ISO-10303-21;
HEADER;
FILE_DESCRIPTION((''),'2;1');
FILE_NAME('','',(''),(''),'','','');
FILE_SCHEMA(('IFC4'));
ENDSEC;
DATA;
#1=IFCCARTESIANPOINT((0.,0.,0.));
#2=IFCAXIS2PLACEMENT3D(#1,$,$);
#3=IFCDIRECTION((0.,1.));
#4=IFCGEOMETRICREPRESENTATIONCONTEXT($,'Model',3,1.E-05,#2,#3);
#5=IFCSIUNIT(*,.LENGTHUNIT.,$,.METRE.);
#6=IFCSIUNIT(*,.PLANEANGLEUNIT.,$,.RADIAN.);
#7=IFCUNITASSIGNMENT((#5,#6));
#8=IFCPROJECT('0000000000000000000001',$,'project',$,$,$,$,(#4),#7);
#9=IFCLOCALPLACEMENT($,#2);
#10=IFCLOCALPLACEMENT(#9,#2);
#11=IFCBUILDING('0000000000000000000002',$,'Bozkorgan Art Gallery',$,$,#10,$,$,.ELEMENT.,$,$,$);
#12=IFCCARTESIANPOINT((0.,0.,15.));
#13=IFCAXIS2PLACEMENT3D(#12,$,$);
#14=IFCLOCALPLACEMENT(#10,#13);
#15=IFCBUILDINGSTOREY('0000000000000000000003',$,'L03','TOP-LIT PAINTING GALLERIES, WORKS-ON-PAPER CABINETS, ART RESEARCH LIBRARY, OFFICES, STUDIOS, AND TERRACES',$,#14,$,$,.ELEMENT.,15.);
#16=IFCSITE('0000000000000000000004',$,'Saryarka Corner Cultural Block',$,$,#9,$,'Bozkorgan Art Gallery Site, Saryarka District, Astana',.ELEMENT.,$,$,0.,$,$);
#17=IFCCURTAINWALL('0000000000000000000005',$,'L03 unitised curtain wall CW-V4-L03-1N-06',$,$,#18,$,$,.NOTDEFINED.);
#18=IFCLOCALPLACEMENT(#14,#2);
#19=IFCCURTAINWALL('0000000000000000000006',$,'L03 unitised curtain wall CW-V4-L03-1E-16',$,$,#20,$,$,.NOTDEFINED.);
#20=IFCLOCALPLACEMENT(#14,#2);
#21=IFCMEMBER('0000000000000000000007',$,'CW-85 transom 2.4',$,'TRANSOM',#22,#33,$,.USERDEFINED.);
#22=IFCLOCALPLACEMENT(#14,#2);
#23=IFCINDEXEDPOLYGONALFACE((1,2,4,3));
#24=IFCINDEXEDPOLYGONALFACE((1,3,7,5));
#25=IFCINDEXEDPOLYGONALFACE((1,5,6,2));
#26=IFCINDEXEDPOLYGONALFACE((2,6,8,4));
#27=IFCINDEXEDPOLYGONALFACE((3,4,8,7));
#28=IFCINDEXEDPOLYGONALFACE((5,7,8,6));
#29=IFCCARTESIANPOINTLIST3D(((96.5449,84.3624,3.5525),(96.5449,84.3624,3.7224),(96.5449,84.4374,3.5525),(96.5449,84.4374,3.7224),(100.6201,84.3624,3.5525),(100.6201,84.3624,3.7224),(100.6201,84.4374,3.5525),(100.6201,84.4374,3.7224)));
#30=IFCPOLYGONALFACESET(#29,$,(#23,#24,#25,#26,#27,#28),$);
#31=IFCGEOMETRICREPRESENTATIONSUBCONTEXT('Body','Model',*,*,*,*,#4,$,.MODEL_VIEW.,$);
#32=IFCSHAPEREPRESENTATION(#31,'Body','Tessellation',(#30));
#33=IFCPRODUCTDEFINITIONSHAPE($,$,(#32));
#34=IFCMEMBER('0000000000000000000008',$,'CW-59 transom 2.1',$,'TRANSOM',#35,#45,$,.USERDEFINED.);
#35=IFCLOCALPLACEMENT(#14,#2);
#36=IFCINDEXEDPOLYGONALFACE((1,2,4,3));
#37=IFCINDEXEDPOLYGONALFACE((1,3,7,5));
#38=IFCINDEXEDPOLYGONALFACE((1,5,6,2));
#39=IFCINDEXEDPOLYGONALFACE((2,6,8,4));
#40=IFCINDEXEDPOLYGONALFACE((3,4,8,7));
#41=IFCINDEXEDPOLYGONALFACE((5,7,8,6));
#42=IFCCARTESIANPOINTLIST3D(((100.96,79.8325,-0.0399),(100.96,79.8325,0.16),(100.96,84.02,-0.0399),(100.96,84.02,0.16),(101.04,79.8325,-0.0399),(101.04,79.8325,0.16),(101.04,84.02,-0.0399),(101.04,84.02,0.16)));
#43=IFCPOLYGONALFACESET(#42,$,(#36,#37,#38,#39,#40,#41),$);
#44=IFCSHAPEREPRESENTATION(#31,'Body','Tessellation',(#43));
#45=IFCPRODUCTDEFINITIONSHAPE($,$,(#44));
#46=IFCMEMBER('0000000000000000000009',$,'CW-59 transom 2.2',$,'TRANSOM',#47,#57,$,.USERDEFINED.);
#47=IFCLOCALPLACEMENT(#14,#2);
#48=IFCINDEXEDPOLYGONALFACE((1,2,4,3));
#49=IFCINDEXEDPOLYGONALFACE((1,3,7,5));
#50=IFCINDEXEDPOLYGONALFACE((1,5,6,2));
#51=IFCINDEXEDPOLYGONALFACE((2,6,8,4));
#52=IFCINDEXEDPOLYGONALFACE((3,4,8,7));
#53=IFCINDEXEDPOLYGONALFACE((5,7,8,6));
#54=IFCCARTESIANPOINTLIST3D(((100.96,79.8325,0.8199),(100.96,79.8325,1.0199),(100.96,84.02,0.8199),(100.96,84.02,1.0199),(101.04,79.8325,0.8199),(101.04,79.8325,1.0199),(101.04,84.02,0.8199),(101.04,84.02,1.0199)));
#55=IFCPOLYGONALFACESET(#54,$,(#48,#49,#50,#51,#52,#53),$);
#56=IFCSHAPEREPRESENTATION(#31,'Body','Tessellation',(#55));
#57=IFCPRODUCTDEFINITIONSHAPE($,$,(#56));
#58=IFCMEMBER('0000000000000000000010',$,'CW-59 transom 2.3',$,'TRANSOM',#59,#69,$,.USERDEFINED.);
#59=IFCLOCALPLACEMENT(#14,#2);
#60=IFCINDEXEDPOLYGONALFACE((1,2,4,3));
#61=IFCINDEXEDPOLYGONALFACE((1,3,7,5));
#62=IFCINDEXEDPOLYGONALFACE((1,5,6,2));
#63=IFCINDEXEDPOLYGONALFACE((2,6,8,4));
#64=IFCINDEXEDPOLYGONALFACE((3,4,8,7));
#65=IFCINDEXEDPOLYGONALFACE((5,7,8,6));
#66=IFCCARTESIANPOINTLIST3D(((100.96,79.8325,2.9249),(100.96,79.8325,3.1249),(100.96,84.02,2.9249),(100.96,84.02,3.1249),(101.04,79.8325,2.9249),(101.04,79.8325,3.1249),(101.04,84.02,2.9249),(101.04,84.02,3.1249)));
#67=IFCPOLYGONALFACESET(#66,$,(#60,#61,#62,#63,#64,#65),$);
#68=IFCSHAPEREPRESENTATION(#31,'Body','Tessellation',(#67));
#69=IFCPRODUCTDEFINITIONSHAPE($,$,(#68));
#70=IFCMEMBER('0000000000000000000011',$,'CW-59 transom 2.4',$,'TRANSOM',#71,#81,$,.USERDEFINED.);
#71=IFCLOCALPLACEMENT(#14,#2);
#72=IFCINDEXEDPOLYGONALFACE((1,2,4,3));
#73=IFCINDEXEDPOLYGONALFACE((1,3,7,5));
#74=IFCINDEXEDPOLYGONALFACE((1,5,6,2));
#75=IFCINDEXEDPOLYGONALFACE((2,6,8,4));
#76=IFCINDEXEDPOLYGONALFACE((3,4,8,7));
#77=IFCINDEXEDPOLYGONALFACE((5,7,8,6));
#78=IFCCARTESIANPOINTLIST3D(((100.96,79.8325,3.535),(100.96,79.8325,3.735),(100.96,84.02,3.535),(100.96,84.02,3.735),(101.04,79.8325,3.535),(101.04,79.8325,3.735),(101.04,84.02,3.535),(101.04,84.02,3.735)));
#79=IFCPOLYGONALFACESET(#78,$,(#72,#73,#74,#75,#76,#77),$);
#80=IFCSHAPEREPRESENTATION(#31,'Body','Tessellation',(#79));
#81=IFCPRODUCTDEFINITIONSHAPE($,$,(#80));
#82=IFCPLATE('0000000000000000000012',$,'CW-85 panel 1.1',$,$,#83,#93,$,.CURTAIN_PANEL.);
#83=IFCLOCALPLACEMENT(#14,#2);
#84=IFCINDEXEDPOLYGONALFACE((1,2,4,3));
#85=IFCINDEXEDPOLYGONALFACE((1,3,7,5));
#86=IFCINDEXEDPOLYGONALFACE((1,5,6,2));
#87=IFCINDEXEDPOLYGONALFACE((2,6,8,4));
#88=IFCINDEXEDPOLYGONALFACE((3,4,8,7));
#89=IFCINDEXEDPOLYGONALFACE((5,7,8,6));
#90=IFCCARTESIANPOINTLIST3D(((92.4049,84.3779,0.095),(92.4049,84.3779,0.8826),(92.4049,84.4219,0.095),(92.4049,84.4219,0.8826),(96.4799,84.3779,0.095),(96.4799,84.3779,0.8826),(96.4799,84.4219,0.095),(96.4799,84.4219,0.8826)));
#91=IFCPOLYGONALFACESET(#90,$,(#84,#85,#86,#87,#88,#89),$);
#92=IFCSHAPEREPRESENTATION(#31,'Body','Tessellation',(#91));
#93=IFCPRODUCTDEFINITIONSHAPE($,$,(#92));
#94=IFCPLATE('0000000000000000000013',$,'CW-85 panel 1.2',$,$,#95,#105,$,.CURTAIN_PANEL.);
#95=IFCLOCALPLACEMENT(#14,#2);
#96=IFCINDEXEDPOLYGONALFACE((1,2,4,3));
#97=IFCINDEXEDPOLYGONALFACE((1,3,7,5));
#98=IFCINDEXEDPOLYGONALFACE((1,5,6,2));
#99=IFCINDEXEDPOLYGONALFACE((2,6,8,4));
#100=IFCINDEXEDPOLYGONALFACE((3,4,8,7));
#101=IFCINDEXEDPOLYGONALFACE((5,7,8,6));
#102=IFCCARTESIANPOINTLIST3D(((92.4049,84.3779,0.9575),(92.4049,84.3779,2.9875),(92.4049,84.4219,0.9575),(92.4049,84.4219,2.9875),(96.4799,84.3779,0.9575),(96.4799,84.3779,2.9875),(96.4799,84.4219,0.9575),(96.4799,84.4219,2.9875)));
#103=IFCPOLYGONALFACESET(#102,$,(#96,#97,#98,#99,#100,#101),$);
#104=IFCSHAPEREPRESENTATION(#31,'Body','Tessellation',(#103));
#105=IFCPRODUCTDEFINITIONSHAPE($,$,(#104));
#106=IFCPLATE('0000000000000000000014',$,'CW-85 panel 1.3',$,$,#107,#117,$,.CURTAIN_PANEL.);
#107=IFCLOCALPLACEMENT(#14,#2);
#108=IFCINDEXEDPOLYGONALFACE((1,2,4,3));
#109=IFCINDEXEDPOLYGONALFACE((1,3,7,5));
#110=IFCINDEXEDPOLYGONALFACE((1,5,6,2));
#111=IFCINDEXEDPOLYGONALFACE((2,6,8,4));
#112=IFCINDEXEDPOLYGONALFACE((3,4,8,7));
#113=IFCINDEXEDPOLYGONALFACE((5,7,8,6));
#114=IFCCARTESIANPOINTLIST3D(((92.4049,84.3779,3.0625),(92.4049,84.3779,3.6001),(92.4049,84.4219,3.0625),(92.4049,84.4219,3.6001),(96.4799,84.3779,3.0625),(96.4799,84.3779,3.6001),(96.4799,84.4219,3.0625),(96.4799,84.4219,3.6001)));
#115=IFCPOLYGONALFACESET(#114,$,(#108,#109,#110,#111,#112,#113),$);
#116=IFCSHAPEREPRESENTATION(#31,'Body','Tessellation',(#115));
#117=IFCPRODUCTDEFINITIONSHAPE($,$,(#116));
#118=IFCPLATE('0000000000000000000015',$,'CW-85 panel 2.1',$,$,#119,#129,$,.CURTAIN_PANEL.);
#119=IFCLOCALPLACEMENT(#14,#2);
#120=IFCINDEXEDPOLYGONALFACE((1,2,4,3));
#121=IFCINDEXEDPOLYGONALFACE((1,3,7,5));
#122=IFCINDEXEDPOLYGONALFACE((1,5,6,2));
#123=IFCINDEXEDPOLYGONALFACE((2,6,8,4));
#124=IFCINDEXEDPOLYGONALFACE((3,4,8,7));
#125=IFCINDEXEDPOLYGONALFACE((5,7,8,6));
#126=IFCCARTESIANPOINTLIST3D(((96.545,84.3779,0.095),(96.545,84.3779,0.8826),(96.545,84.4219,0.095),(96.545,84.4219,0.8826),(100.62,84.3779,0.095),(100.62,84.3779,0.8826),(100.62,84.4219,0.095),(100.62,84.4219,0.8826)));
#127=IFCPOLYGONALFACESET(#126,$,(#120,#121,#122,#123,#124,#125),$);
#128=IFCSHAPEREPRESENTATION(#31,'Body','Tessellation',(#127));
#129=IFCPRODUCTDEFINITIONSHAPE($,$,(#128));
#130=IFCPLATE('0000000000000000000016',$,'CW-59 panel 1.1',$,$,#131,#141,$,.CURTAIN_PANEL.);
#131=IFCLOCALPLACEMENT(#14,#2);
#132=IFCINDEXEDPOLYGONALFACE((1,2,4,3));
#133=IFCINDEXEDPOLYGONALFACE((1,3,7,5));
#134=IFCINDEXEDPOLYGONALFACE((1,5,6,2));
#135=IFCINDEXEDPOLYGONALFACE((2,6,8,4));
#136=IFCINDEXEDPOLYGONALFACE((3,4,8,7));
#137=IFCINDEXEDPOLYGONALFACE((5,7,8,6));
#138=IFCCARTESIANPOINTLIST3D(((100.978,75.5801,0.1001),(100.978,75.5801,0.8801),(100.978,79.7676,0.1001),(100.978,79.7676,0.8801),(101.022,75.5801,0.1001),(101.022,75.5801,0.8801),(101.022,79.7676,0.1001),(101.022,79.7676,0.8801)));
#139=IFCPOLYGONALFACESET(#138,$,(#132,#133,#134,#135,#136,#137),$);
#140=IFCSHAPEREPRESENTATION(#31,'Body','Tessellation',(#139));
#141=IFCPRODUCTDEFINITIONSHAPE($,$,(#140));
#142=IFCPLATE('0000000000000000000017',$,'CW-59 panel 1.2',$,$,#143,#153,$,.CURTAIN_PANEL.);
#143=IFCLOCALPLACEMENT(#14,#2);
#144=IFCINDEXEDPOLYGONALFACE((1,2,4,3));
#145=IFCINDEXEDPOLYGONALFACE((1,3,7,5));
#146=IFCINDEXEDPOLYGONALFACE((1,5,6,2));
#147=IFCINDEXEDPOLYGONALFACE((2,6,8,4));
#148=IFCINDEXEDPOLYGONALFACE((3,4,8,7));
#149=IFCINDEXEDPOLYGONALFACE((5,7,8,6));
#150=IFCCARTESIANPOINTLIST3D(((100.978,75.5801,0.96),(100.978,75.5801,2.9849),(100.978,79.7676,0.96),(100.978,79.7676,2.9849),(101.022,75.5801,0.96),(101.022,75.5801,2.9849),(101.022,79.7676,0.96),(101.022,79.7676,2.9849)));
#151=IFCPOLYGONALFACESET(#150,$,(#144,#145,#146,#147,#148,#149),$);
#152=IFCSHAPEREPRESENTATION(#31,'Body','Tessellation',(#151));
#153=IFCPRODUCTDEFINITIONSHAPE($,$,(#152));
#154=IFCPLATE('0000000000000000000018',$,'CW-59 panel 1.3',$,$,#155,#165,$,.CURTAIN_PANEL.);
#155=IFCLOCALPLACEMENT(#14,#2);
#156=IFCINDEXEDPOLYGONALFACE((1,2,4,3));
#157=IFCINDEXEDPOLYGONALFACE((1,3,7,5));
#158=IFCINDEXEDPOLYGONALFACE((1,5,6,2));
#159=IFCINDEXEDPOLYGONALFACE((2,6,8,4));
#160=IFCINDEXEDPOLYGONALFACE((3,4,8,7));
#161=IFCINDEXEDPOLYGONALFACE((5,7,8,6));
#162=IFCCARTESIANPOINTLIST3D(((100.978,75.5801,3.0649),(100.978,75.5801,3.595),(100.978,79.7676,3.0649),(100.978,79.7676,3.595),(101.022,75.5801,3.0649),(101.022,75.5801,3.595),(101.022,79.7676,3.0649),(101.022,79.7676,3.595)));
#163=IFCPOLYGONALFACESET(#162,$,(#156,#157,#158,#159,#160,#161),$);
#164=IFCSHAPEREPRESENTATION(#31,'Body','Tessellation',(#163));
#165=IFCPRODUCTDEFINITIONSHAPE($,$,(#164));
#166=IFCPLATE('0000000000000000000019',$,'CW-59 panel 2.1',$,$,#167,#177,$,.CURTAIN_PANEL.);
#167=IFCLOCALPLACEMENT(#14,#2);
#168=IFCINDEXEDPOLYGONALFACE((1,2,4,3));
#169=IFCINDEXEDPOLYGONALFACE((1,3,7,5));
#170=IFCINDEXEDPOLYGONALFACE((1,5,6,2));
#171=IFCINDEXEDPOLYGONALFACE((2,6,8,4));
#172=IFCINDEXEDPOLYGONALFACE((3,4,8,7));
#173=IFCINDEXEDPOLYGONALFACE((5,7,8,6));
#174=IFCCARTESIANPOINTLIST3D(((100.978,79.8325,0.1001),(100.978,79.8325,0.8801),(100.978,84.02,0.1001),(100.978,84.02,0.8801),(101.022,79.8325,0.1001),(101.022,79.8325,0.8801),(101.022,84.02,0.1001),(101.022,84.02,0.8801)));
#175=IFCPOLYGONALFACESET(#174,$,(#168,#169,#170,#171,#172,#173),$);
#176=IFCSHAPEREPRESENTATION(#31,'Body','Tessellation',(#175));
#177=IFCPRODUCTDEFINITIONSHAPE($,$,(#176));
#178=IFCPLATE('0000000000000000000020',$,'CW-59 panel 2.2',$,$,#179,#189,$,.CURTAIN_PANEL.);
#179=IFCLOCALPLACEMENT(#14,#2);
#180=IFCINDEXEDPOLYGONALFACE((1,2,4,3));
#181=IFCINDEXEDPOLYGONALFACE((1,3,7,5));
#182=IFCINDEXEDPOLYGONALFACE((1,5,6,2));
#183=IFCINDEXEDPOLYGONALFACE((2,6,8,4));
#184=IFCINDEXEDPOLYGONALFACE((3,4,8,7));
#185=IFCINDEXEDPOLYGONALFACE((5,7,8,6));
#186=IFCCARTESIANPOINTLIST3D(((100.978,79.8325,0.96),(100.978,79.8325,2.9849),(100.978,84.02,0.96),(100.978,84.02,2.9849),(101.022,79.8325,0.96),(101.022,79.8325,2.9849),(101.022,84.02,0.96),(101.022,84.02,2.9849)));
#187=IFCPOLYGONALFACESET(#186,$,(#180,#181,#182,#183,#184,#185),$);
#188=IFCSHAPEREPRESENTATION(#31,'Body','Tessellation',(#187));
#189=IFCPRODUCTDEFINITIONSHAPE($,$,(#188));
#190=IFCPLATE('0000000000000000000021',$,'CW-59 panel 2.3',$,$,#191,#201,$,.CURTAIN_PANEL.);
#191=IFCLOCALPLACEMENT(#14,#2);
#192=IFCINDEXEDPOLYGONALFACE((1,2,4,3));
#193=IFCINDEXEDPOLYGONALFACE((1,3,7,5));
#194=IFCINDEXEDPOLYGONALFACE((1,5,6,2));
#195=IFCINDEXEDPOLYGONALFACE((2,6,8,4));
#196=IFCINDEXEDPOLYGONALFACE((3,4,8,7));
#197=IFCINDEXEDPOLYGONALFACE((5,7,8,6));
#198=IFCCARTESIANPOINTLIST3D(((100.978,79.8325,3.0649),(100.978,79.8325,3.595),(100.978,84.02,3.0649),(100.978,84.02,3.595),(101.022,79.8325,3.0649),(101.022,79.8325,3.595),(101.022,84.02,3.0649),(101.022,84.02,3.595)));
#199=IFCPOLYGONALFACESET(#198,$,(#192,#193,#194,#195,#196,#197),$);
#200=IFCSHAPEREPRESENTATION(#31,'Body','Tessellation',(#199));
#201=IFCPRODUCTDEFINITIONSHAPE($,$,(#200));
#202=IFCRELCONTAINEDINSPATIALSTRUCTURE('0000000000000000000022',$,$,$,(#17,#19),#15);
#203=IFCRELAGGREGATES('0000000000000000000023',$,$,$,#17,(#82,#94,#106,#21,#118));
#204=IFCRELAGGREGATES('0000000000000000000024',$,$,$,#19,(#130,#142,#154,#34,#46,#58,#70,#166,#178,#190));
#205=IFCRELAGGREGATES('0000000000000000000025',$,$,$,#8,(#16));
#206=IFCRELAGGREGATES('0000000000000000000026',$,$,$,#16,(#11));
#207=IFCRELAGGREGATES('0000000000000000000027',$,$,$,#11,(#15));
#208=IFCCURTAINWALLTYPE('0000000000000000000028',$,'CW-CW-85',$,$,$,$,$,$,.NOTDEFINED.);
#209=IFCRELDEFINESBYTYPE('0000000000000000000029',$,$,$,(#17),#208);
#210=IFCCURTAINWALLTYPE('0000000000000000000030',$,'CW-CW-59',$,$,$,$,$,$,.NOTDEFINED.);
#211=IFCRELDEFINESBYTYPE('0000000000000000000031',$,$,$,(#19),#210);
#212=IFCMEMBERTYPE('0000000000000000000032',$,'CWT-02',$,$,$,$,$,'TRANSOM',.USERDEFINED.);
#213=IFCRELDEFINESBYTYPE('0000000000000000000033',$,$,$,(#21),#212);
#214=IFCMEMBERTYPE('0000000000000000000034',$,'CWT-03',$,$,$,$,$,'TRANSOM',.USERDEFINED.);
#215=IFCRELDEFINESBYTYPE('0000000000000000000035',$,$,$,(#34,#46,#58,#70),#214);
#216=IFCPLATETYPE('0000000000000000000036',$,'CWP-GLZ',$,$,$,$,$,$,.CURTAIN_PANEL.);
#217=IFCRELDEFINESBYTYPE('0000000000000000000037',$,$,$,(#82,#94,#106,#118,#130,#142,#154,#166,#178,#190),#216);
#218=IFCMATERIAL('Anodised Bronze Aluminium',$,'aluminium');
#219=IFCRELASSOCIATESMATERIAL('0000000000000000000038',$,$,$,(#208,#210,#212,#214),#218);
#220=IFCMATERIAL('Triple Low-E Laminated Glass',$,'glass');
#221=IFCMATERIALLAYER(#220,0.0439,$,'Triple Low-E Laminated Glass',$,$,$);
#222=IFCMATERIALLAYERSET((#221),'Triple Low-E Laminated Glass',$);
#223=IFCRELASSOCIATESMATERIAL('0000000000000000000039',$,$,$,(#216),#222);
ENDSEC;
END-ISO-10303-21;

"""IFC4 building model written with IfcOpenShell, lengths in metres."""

from ifc_helpers import new_model, si_unit, direction, frame, origin, origin_2d, place, context, subcontext, project, spatial, rectangle, extrude, material, layer, layer_set, material_profile, profile_set, type_object, element, aggregate, save


model = new_model("IFC4")

# Units and contexts
model_context = context("Model", 3, precision=1e-05, world=origin(), true_north=direction((0.0, 1.0)))
body_context = subcontext(model_context, "Body", "Model", "MODEL_VIEW")
ifc_project = project(units=[si_unit("LENGTHUNIT", "METRE"), si_unit("PLANEANGLEUNIT", "RADIAN")], contexts=[model_context])

# Site, building, storey
site_placement = place(None, origin())
site = spatial("IfcSite", under=ifc_project, at=site_placement, Name="Saryarka Corner Cultural Block", LongName="Bozkorgan Art Gallery Site, Saryarka District, Astana", CompositionType="ELEMENT", RefElevation=0.0)
building_placement = place(site_placement, origin())
building = spatial("IfcBuilding", under=site, at=building_placement, Name="Bozkorgan Art Gallery", CompositionType="ELEMENT")
storey_placement = place(building_placement, frame((0.0, 0.0, 15.0)))
storey = spatial("IfcBuildingStorey", under=building, at=storey_placement, Name="L03", Description="TOP-LIT PAINTING GALLERIES, WORKS-ON-PAPER CABINETS, ART RESEARCH LIBRARY, OFFICES, STUDIOS, AND TERRACES", CompositionType="ELEMENT", Elevation=15.0)

# Curtain walls
ifc_material_1 = material(Name="Anodised Bronze Aluminium", Category="aluminium")
curtain_wall_type_1 = type_object("IfcCurtainWallType", Name="CW-CW-85", PredefinedType="NOTDEFINED", material=ifc_material_1)
curtain_wall_1_placement = place(storey_placement, origin())
curtain_wall_1 = element("IfcCurtainWall", 1, at=curtain_wall_1_placement, inside=storey, type_object=curtain_wall_type_1, Name="L03 unitised curtain wall CW-V4-L03-1N-06", PredefinedType="NOTDEFINED")
curtain_wall_type_2 = type_object("IfcCurtainWallType", Name="CW-CW-59", PredefinedType="NOTDEFINED", material=ifc_material_1)
curtain_wall_2_placement = place(storey_placement, origin())
curtain_wall_2 = element("IfcCurtainWall", 2, at=curtain_wall_2_placement, inside=storey, type_object=curtain_wall_type_2, Name="L03 unitised curtain wall CW-V4-L03-1E-16", PredefinedType="NOTDEFINED")

# Members
ifc_material_profile_1 = material_profile(ifc_material_1, rectangle(XDim=0.075, YDim=0.1699, at=origin_2d()), Name="ALU TRANSOM 75x170")
ifc_profile_set_1 = profile_set([ifc_material_profile_1], Name="Anodised Bronze Aluminium")
member_type_1 = type_object("IfcMemberType", Name="CWT-02", ElementType="TRANSOM", PredefinedType="USERDEFINED", material=ifc_profile_set_1)
member_1_placement = place(storey_placement, frame((96.5449, 84.3999, 3.6375), z_axis=(1.0, 0.0, 0.0), x_axis=(0.0, 1.0, 0.0)))
member_1 = element("IfcMember", 3, at=member_1_placement, type_object=member_type_1, Name="CW-85 transom 2.4", ObjectType="TRANSOM", PredefinedType="USERDEFINED", context=body_context, shape_type="SweptSolid", body=[
    extrude(rectangle(XDim=0.075, YDim=0.1699, at=origin_2d()), origin(), (0.0, 0.0, 1.0), 4.0752),
])
ifc_material_profile_2 = material_profile(ifc_material_1, rectangle(XDim=0.0801, YDim=0.2, at=origin_2d()), Name="ALU TRANSOM 80x200")
ifc_profile_set_2 = profile_set([ifc_material_profile_2], Name="Anodised Bronze Aluminium")
member_type_2 = type_object("IfcMemberType", Name="CWT-03", ElementType="TRANSOM", PredefinedType="USERDEFINED", material=ifc_profile_set_2)
member_2_placement = place(storey_placement, frame((101.0, 79.8325, 0.0601), z_axis=(0.0, 1.0, 0.0), x_axis=(-1.0, 0.0, 0.0)))
member_2 = element("IfcMember", 4, at=member_2_placement, type_object=member_type_2, Name="CW-59 transom 2.1", ObjectType="TRANSOM", PredefinedType="USERDEFINED", context=body_context, shape_type="SweptSolid", body=[
    extrude(rectangle(XDim=0.0801, YDim=0.2, at=origin_2d()), origin(), (0.0, 0.0, 1.0), 4.1875),
])
member_3_placement = place(storey_placement, frame((101.0, 79.8325, 0.9199), z_axis=(0.0, 1.0, 0.0), x_axis=(-1.0, 0.0, 0.0)))
member_3 = element("IfcMember", 5, at=member_3_placement, type_object=member_type_2, Name="CW-59 transom 2.2", ObjectType="TRANSOM", PredefinedType="USERDEFINED", context=body_context, shape_type="SweptSolid", body=[
    extrude(rectangle(XDim=0.0801, YDim=0.2, at=origin_2d()), origin(), (0.0, 0.0, 1.0), 4.1875),
])
member_4_placement = place(storey_placement, frame((101.0, 79.8325, 3.0249), z_axis=(0.0, 1.0, 0.0), x_axis=(-1.0, 0.0, 0.0)))
member_4 = element("IfcMember", 6, at=member_4_placement, type_object=member_type_2, Name="CW-59 transom 2.3", ObjectType="TRANSOM", PredefinedType="USERDEFINED", context=body_context, shape_type="SweptSolid", body=[
    extrude(rectangle(XDim=0.0801, YDim=0.2, at=origin_2d()), origin(), (0.0, 0.0, 1.0), 4.1875),
])
member_5_placement = place(storey_placement, frame((101.0, 79.8325, 3.635), z_axis=(0.0, 1.0, 0.0), x_axis=(-1.0, 0.0, 0.0)))
member_5 = element("IfcMember", 7, at=member_5_placement, type_object=member_type_2, Name="CW-59 transom 2.4", ObjectType="TRANSOM", PredefinedType="USERDEFINED", context=body_context, shape_type="SweptSolid", body=[
    extrude(rectangle(XDim=0.0801, YDim=0.2, at=origin_2d()), origin(), (0.0, 0.0, 1.0), 4.1875),
])

# Plates
ifc_material_2 = material(Name="Triple Low-E Laminated Glass", Category="glass")
ifc_layer = layer(ifc_material_2, 0.0439, Name="Triple Low-E Laminated Glass")
ifc_layer_set = layer_set([ifc_layer], Name="Triple Low-E Laminated Glass")
plate_type = type_object("IfcPlateType", Name="CWP-GLZ", PredefinedType="CURTAIN_PANEL", material=ifc_layer_set)
plate_1_placement = place(storey_placement, frame((94.4424, 84.3999, 0.095), z_axis=(0.0, 0.0, 1.0), x_axis=(1.0, 0.0, 0.0)))
plate_1 = element("IfcPlate", 8, at=plate_1_placement, type_object=plate_type, Name="CW-85 panel 1.1", PredefinedType="CURTAIN_PANEL", context=body_context, shape_type="SweptSolid", body=[
    extrude(rectangle(XDim=4.075, YDim=0.0439, at=origin_2d()), origin(), (0.0, 0.0, 1.0), 0.7876),
])
plate_2_placement = place(storey_placement, frame((94.4424, 84.3999, 0.9575), z_axis=(0.0, 0.0, 1.0), x_axis=(1.0, 0.0, 0.0)))
plate_2 = element("IfcPlate", 9, at=plate_2_placement, type_object=plate_type, Name="CW-85 panel 1.2", PredefinedType="CURTAIN_PANEL", context=body_context, shape_type="SweptSolid", body=[
    extrude(rectangle(XDim=4.075, YDim=0.0439, at=origin_2d()), origin(), (0.0, 0.0, 1.0), 2.03),
])
plate_3_placement = place(storey_placement, frame((94.4424, 84.3999, 3.0625), z_axis=(0.0, 0.0, 1.0), x_axis=(1.0, 0.0, 0.0)))
plate_3 = element("IfcPlate", 10, at=plate_3_placement, type_object=plate_type, Name="CW-85 panel 1.3", PredefinedType="CURTAIN_PANEL", context=body_context, shape_type="SweptSolid", body=[
    extrude(rectangle(XDim=4.075, YDim=0.0439, at=origin_2d()), origin(), (0.0, 0.0, 1.0), 0.5376),
])
plate_4_placement = place(storey_placement, frame((98.5825, 84.3999, 0.095), z_axis=(0.0, 0.0, 1.0), x_axis=(1.0, 0.0, 0.0)))
plate_4 = element("IfcPlate", 11, at=plate_4_placement, type_object=plate_type, Name="CW-85 panel 2.1", PredefinedType="CURTAIN_PANEL", context=body_context, shape_type="SweptSolid", body=[
    extrude(rectangle(XDim=4.075, YDim=0.0439, at=origin_2d()), origin(), (0.0, 0.0, 1.0), 0.7876),
])
aggregate(curtain_wall_1, [plate_1, plate_2, plate_3, member_1, plate_4])
plate_5_placement = place(storey_placement, frame((101.0, 77.6738, 0.1001), z_axis=(0.0, 0.0, 1.0), x_axis=(0.0, 1.0, 0.0)))
plate_5 = element("IfcPlate", 12, at=plate_5_placement, type_object=plate_type, Name="CW-59 panel 1.1", PredefinedType="CURTAIN_PANEL", context=body_context, shape_type="SweptSolid", body=[
    extrude(rectangle(XDim=4.1875, YDim=0.0439, at=origin_2d()), origin(), (0.0, 0.0, 1.0), 0.78),
])
plate_6_placement = place(storey_placement, frame((101.0, 77.6738, 0.96), z_axis=(0.0, 0.0, 1.0), x_axis=(0.0, 1.0, 0.0)))
plate_6 = element("IfcPlate", 13, at=plate_6_placement, type_object=plate_type, Name="CW-59 panel 1.2", PredefinedType="CURTAIN_PANEL", context=body_context, shape_type="SweptSolid", body=[
    extrude(rectangle(XDim=4.1875, YDim=0.0439, at=origin_2d()), origin(), (0.0, 0.0, 1.0), 2.0249),
])
plate_7_placement = place(storey_placement, frame((101.0, 77.6738, 3.0649), z_axis=(0.0, 0.0, 1.0), x_axis=(0.0, 1.0, 0.0)))
plate_7 = element("IfcPlate", 14, at=plate_7_placement, type_object=plate_type, Name="CW-59 panel 1.3", PredefinedType="CURTAIN_PANEL", context=body_context, shape_type="SweptSolid", body=[
    extrude(rectangle(XDim=4.1875, YDim=0.0439, at=origin_2d()), origin(), (0.0, 0.0, 1.0), 0.53),
])
plate_8_placement = place(storey_placement, frame((101.0, 81.9263, 0.1001), z_axis=(0.0, 0.0, 1.0), x_axis=(0.0, 1.0, 0.0)))
plate_8 = element("IfcPlate", 15, at=plate_8_placement, type_object=plate_type, Name="CW-59 panel 2.1", PredefinedType="CURTAIN_PANEL", context=body_context, shape_type="SweptSolid", body=[
    extrude(rectangle(XDim=4.1875, YDim=0.0439, at=origin_2d()), origin(), (0.0, 0.0, 1.0), 0.78),
])
plate_9_placement = place(storey_placement, frame((101.0, 81.9263, 0.96), z_axis=(0.0, 0.0, 1.0), x_axis=(0.0, 1.0, 0.0)))
plate_9 = element("IfcPlate", 16, at=plate_9_placement, type_object=plate_type, Name="CW-59 panel 2.2", PredefinedType="CURTAIN_PANEL", context=body_context, shape_type="SweptSolid", body=[
    extrude(rectangle(XDim=4.1875, YDim=0.0439, at=origin_2d()), origin(), (0.0, 0.0, 1.0), 2.0249),
])
plate_10_placement = place(storey_placement, frame((101.0, 81.9263, 3.0649), z_axis=(0.0, 0.0, 1.0), x_axis=(0.0, 1.0, 0.0)))
plate_10 = element("IfcPlate", 17, at=plate_10_placement, type_object=plate_type, Name="CW-59 panel 2.3", PredefinedType="CURTAIN_PANEL", context=body_context, shape_type="SweptSolid", body=[
    extrude(rectangle(XDim=4.1875, YDim=0.0439, at=origin_2d()), origin(), (0.0, 0.0, 1.0), 0.53),
])
aggregate(curtain_wall_2, [plate_5, plate_6, plate_7, member_2, member_3, member_4, member_5, plate_8, plate_9, plate_10])

save(model, "model.ifc")
